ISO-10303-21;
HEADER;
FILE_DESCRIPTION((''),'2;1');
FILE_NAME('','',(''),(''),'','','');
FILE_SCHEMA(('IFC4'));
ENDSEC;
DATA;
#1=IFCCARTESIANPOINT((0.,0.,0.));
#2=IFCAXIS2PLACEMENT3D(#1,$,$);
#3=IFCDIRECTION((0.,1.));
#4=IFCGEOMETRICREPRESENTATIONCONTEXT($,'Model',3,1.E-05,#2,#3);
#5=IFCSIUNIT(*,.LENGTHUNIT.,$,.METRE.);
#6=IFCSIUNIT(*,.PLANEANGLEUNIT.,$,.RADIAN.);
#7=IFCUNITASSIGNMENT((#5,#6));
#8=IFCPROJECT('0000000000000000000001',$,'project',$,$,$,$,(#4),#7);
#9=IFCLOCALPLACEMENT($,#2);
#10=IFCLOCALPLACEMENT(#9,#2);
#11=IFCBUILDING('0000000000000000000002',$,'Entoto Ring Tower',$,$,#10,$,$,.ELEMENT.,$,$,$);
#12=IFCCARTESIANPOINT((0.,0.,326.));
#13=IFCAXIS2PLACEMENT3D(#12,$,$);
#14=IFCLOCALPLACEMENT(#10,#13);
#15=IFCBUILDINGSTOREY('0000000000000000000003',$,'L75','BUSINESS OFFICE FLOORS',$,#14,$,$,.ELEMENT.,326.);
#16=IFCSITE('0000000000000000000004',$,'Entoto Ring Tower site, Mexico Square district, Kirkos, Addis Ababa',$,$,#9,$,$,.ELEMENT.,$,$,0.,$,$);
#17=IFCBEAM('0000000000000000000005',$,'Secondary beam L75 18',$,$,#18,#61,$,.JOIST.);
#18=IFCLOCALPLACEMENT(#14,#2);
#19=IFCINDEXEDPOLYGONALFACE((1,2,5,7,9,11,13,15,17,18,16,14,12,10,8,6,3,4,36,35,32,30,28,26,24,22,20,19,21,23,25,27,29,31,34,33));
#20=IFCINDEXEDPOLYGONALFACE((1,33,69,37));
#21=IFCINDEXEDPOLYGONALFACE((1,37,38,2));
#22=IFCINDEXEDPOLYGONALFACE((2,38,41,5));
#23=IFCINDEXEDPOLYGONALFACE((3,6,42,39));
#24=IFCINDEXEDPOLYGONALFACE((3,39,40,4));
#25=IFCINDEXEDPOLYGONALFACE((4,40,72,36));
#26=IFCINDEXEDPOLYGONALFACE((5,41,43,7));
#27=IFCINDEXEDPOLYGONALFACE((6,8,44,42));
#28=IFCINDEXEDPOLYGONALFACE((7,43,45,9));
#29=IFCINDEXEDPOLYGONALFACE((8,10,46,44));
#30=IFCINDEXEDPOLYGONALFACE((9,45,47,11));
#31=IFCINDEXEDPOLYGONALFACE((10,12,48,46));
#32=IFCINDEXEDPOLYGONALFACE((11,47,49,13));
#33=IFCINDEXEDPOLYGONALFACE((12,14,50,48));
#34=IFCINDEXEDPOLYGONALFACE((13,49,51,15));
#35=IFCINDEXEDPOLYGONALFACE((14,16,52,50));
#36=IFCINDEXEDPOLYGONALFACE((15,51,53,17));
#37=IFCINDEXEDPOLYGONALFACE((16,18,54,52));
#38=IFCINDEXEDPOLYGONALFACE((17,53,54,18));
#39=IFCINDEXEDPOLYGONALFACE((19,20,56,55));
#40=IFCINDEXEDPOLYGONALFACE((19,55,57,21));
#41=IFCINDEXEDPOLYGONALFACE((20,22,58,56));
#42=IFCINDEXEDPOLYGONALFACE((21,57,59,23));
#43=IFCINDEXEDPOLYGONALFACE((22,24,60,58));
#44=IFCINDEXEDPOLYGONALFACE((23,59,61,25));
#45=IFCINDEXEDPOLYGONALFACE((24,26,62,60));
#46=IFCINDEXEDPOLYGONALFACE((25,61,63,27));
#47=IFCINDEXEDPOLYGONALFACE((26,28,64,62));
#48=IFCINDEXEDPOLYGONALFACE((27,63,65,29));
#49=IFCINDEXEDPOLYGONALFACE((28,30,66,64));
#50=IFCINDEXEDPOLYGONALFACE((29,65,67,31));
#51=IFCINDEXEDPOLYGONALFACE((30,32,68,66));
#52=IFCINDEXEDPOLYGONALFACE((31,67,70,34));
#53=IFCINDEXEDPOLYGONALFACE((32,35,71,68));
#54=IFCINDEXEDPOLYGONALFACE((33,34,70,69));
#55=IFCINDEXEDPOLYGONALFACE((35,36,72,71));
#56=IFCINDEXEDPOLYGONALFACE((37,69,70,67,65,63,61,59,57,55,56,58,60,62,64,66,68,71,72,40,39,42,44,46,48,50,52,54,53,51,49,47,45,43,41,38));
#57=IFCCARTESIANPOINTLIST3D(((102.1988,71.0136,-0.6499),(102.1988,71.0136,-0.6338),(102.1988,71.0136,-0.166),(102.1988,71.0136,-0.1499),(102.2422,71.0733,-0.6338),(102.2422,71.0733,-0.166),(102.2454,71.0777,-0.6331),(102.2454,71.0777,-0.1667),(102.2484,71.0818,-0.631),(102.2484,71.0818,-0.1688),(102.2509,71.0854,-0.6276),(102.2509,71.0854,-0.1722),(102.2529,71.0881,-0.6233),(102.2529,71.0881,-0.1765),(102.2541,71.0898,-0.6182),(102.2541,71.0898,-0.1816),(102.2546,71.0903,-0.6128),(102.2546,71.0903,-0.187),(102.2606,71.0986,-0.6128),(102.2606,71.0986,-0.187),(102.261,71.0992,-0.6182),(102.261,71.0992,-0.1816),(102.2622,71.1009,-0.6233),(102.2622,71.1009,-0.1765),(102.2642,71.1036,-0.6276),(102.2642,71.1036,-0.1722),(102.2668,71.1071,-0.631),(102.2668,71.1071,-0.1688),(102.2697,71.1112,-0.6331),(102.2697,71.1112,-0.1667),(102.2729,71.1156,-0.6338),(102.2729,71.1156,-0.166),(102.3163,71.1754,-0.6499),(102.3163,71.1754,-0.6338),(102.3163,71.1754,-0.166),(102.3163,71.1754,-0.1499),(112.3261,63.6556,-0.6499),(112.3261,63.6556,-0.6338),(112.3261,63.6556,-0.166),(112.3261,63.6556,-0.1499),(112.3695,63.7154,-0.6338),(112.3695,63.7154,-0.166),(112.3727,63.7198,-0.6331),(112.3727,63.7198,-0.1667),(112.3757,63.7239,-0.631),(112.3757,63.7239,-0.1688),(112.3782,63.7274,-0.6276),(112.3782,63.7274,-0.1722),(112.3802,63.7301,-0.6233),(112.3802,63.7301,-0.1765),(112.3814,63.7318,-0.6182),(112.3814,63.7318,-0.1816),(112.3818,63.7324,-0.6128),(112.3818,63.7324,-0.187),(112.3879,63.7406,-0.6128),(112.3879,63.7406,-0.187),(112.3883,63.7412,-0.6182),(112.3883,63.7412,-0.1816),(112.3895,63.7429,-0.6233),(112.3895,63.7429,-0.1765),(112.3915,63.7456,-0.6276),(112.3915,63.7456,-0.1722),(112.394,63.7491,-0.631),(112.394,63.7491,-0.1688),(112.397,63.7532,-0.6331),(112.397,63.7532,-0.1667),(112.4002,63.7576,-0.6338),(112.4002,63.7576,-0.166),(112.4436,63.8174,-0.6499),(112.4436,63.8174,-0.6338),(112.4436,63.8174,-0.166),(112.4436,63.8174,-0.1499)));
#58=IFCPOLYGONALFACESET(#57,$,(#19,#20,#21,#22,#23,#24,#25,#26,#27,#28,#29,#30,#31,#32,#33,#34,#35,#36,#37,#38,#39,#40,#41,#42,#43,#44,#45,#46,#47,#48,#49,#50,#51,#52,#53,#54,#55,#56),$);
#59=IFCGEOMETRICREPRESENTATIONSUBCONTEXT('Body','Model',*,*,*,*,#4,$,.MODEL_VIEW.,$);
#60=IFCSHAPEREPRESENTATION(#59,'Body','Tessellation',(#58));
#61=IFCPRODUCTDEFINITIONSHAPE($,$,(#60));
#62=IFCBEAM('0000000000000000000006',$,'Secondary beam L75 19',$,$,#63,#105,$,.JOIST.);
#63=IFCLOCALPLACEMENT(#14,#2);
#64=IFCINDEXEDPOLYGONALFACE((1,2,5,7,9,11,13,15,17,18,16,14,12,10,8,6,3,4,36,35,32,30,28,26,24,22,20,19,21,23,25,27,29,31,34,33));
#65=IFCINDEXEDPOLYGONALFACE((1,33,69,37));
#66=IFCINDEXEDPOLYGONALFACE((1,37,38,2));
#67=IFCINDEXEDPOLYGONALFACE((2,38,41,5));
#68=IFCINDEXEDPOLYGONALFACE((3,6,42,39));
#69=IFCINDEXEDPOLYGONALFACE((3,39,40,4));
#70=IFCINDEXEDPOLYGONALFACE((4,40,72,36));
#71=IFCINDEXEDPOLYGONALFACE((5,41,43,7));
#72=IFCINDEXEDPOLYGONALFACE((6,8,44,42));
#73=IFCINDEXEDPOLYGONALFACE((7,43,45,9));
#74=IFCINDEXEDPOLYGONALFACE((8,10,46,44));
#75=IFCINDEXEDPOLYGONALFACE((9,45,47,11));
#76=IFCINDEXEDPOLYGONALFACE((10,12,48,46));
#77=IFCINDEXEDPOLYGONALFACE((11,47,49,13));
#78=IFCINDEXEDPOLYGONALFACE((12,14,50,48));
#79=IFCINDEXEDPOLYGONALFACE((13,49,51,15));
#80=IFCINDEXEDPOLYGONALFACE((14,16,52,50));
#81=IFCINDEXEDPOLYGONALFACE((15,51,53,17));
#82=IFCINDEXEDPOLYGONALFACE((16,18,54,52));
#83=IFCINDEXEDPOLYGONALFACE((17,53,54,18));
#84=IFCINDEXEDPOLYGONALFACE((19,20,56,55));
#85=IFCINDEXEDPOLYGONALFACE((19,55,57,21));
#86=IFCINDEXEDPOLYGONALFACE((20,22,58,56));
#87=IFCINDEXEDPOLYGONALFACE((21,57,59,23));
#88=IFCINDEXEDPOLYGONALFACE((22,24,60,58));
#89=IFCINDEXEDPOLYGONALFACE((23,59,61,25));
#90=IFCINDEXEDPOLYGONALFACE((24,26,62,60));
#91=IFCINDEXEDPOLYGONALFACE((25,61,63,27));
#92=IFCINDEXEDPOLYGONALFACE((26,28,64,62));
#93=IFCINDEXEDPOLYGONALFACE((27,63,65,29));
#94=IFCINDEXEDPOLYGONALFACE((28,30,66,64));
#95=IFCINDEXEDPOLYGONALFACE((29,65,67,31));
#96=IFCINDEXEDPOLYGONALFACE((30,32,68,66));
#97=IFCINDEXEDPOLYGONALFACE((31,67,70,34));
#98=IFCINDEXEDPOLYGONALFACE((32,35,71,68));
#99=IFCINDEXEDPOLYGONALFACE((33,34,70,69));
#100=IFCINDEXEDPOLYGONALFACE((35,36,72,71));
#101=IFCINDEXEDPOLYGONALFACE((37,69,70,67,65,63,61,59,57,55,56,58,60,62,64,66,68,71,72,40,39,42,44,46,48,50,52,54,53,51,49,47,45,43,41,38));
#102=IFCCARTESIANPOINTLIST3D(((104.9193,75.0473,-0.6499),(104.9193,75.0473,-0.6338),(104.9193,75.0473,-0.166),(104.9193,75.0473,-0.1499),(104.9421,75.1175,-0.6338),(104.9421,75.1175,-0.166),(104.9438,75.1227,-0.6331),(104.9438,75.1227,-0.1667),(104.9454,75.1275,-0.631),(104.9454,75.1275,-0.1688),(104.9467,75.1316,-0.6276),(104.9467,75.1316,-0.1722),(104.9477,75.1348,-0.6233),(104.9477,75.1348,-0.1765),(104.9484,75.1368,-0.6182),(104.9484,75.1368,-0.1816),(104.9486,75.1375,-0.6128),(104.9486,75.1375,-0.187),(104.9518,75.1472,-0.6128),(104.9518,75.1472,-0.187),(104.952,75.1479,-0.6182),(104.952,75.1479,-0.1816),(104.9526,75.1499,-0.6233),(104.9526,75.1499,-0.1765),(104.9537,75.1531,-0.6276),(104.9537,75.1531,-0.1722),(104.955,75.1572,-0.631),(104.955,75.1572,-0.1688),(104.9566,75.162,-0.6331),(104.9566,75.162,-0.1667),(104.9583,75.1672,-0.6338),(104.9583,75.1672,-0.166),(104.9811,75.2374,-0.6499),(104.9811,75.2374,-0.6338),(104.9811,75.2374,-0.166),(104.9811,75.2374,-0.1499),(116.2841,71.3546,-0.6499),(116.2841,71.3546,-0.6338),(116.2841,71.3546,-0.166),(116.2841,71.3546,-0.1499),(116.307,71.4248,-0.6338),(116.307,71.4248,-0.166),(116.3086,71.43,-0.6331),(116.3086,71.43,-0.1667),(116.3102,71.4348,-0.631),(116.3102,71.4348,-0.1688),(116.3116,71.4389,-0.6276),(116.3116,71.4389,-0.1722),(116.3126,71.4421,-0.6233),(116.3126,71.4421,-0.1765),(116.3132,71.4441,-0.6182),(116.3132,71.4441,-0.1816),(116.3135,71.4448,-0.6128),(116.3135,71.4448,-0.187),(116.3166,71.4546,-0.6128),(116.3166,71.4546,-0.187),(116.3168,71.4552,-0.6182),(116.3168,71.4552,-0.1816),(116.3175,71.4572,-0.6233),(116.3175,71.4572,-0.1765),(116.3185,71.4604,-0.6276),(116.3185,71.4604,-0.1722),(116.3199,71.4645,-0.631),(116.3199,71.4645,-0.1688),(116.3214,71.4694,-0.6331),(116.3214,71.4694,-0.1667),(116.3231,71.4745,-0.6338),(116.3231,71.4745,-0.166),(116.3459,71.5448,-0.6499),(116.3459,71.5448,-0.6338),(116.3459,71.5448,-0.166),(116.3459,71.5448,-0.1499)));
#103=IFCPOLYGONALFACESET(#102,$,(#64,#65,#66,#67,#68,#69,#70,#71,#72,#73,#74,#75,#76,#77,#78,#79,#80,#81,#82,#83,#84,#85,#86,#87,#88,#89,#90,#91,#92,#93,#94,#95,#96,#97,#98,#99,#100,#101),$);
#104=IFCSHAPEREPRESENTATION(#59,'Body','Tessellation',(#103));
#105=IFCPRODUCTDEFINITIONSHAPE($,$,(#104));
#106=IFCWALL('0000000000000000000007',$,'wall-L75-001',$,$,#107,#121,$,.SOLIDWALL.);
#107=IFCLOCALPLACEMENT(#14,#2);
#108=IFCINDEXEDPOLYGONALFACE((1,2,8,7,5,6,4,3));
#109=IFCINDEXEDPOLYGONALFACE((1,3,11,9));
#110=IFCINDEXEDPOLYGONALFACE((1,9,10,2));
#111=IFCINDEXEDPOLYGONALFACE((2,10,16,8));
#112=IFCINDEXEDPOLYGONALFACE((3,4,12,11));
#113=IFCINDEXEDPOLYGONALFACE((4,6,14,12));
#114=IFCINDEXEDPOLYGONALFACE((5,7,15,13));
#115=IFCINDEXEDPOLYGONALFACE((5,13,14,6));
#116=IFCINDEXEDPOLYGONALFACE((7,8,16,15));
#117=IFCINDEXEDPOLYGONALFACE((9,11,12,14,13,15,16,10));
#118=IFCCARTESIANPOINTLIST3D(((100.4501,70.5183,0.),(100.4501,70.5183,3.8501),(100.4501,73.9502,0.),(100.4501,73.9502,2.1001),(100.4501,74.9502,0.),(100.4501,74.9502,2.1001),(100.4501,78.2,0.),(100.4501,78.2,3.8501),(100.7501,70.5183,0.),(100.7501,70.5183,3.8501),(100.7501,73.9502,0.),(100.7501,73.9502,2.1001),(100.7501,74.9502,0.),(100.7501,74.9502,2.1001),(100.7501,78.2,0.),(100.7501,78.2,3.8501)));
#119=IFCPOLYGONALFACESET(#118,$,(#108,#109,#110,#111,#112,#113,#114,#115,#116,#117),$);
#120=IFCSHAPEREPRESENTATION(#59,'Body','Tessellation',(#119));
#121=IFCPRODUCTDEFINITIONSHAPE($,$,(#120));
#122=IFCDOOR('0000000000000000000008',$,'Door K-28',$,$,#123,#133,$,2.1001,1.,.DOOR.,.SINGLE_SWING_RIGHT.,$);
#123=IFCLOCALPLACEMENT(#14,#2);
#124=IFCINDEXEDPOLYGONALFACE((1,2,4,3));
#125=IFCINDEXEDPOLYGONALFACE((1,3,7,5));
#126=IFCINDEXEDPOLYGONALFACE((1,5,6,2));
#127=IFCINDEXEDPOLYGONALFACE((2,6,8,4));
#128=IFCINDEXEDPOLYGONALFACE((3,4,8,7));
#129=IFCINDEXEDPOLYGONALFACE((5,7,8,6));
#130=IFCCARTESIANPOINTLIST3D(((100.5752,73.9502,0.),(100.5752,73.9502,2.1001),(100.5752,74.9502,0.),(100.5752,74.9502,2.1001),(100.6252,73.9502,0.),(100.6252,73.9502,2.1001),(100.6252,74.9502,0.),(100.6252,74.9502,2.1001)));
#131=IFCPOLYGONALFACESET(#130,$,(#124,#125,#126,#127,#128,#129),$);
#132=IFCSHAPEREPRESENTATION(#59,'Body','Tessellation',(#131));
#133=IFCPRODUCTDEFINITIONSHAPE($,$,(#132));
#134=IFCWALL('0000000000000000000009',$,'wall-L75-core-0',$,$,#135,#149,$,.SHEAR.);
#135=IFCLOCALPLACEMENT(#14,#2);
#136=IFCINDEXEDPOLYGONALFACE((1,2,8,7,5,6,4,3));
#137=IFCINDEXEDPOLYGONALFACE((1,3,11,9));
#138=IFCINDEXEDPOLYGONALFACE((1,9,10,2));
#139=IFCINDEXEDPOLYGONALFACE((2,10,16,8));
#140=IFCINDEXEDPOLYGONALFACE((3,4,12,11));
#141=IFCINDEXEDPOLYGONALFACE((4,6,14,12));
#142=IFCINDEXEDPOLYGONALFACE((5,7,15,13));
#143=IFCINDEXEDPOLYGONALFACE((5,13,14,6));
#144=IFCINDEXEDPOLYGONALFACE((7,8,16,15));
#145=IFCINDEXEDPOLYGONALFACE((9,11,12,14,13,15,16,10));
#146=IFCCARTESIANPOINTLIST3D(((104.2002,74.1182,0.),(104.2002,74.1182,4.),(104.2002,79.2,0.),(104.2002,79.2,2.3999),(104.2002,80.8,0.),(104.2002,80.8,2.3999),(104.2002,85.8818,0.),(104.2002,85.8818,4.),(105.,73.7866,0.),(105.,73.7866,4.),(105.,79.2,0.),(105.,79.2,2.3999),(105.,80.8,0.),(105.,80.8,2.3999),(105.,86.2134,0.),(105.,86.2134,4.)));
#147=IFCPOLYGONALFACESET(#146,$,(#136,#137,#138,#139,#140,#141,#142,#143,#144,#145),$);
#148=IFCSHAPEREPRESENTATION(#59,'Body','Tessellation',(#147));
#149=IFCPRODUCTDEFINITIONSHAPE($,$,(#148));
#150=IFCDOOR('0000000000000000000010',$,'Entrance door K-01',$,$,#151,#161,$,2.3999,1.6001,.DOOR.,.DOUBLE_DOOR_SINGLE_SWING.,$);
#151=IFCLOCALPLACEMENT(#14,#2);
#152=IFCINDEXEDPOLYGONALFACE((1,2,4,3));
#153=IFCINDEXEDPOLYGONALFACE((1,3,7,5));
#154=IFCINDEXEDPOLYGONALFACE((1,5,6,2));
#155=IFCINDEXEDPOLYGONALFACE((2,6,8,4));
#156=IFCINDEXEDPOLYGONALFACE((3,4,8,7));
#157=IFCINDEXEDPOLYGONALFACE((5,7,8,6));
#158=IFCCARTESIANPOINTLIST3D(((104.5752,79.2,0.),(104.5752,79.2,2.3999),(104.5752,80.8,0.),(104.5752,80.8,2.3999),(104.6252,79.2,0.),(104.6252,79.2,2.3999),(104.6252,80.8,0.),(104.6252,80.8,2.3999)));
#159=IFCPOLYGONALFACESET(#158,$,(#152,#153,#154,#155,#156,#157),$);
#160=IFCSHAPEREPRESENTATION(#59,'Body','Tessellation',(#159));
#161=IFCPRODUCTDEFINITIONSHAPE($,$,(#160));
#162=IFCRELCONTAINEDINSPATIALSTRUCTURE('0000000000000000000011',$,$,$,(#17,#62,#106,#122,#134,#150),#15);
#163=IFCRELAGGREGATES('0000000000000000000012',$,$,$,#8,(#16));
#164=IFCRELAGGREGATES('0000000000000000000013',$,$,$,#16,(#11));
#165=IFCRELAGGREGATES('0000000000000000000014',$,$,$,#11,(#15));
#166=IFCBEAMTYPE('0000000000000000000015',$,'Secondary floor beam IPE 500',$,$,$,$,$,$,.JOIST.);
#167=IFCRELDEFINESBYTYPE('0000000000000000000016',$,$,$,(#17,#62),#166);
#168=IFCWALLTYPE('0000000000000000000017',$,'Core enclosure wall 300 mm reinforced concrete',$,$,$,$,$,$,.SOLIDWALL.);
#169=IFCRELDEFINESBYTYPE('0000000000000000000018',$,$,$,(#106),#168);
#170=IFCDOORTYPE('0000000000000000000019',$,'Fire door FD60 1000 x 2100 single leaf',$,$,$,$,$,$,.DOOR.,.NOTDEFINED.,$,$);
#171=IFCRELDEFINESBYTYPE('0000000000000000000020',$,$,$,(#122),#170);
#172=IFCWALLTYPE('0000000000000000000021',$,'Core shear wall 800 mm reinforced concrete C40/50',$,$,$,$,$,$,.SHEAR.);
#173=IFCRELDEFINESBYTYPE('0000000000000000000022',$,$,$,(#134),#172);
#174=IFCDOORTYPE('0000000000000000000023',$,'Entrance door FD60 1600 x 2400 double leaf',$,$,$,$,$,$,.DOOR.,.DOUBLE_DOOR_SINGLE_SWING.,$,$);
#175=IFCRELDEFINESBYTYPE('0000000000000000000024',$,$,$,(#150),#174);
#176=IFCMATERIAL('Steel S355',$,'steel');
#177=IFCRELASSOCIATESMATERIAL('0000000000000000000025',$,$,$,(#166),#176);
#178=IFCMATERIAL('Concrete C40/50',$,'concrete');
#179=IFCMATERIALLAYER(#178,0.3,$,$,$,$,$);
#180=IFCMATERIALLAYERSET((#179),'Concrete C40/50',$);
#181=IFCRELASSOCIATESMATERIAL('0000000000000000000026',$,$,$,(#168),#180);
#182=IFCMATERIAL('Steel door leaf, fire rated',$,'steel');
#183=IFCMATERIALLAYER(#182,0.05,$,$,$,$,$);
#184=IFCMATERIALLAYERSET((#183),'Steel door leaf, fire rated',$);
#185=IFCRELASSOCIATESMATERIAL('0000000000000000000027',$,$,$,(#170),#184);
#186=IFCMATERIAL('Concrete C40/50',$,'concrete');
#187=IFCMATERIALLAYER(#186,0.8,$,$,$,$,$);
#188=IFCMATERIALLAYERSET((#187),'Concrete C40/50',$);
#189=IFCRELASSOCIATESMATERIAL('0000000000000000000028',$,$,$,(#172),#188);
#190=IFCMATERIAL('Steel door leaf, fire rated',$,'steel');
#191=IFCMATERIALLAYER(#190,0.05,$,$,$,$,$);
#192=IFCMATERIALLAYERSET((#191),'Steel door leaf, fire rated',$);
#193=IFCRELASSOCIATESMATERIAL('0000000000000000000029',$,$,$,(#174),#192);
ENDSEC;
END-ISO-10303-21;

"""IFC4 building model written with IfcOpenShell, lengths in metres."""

from ifc_helpers import new_model, si_unit, direction, frame, frame_2d, origin, origin_2d, place, context, subcontext, project, spatial, polyline, rectangle, i_section, outline, extrude, material, layer, layer_set, material_profile, profile_set, type_object, element, fill, save


model = new_model("IFC4")

# Units and contexts
model_context = context("Model", 3, precision=1e-05, world=origin(), true_north=direction((0.0, 1.0)))
body_context = subcontext(model_context, "Body", "Model", "MODEL_VIEW")
ifc_project = project(units=[si_unit("LENGTHUNIT", "METRE"), si_unit("PLANEANGLEUNIT", "RADIAN")], contexts=[model_context])

# Site, building, storey
site_placement = place(None, origin())
site = spatial("IfcSite", under=ifc_project, at=site_placement, Name="Entoto Ring Tower site, Mexico Square district, Kirkos, Addis Ababa", CompositionType="ELEMENT", RefElevation=0.0)
building_placement = place(site_placement, origin())
building = spatial("IfcBuilding", under=site, at=building_placement, Name="Entoto Ring Tower", CompositionType="ELEMENT")
storey_placement = place(building_placement, frame((0.0, 0.0, 326.0)))
storey = spatial("IfcBuildingStorey", under=building, at=storey_placement, Name="L75", Description="BUSINESS OFFICE FLOORS", CompositionType="ELEMENT", Elevation=326.0)

# Beams
ifc_material_1 = material(Name="Steel S355", Category="steel")
ifc_material_profile_1 = material_profile(ifc_material_1, i_section(OverallWidth=0.2, OverallDepth=0.5, WebThickness=0.0103, FlangeThickness=0.0161, FilletRadius=0.021, at=origin_2d()), Name="IPE 500")
ifc_profile_set_1 = profile_set([ifc_material_profile_1], Name="Steel S355")
beam_type_1 = type_object("IfcBeamType", Name="Secondary floor beam IPE 500", PredefinedType="JOIST", material=ifc_profile_set_1)
beam_1_placement = place(storey_placement, frame((102.2576, 71.0945, -0.3999), z_axis=(0.809014, -0.587789, 0.0), x_axis=(0.587789, 0.809014, 0.0)))
element("IfcBeam", 1, at=beam_1_placement, inside=storey, type_object=beam_type_1, Name="Secondary beam L75 18", PredefinedType="JOIST", context=body_context, shape_type="SweptSolid", body=[
    extrude(i_section(OverallWidth=0.2, OverallDepth=0.5, WebThickness=0.0103, FlangeThickness=0.0161, FilletRadius=0.021, at=origin_2d()), origin(), (0.0, 0.0, 1.0), 12.5181),
])
beam_2_placement = place(storey_placement, frame((104.9502, 75.1423, -0.3999), z_axis=(0.951057, -0.309017, 0.0), x_axis=(0.309017, 0.951057, 0.0)))
element("IfcBeam", 2, at=beam_2_placement, inside=storey, type_object=beam_type_1, Name="Secondary beam L75 19", PredefinedType="JOIST", context=body_context, shape_type="SweptSolid", body=[
    extrude(i_section(OverallWidth=0.2, OverallDepth=0.5, WebThickness=0.0103, FlangeThickness=0.0161, FilletRadius=0.021, at=origin_2d()), origin(), (0.0, 0.0, 1.0), 11.9497),
])

# Walls, openings, doors
ifc_material_2 = material(Name="Concrete C40/50", Category="concrete")
ifc_layer_1 = layer(ifc_material_2, 0.3)
ifc_layer_set_1 = layer_set([ifc_layer_1], Name="Concrete C40/50")
wall_type_1 = type_object("IfcWallType", Name="Core enclosure wall 300 mm reinforced concrete", PredefinedType="SOLIDWALL", material=ifc_layer_set_1)
wall_1_placement = place(storey_placement, frame((100.6001, 70.5183, 0.0), z_axis=(0.0, 0.0, 1.0), x_axis=(0.0, 1.0, 0.0)))
wall_1 = element("IfcWall", 3, at=wall_1_placement, inside=storey, type_object=wall_type_1, Name="wall-L75-001", PredefinedType="SOLIDWALL", context=body_context, shape_type="SweptSolid", body=[
    extrude(rectangle(XDim=7.6816, YDim=0.3, at=frame_2d((3.8408, 0.0))), origin(), (0.0, 0.0, 1.0), 3.8501),
])
opening_1_placement = place(wall_1_placement, frame((3.4319, 0.0, 0.0)))
opening_1 = element("IfcOpeningElement", 4, at=opening_1_placement, cuts=wall_1, PredefinedType="OPENING", context=body_context, shape_type="SweptSolid", body=[
    extrude(rectangle(XDim=1.0, YDim=2.1001, at=frame_2d((0.5, 1.05))), frame((0.0, 0.1602, 0.0), z_axis=(0.0, -1.0, 0.0), x_axis=(1.0, 0.0, 0.0)), (0.0, 0.0, 1.0), 0.3201),
])
ifc_material_3 = material(Name="Steel door leaf, fire rated", Category="steel")
ifc_layer_2 = layer(ifc_material_3, 0.05)
ifc_layer_set_2 = layer_set([ifc_layer_2], Name="Steel door leaf, fire rated")
door_type_1 = type_object("IfcDoorType", Name="Fire door FD60 1000 x 2100 single leaf", OperationType="NOTDEFINED", PredefinedType="DOOR", material=ifc_layer_set_2)
door_1_placement = place(opening_1_placement, origin())
door_1 = element("IfcDoor", 5, at=door_1_placement, inside=storey, type_object=door_type_1, Name="Door K-28", OperationType="SINGLE_SWING_RIGHT", OverallHeight=2.1001, OverallWidth=1.0, PredefinedType="DOOR", context=body_context, shape_type="SweptSolid", body=[
    extrude(rectangle(XDim=1.0, YDim=2.1001, at=frame_2d((0.5, 1.05))), frame((0.0, 0.0249, 0.0), z_axis=(0.0, -1.0, 0.0), x_axis=(1.0, 0.0, 0.0)), (0.0, 0.0, 1.0), 0.05),
])
fill(opening_1, door_1)
ifc_material_4 = material(Name="Concrete C40/50", Category="concrete")
ifc_layer_3 = layer(ifc_material_4, 0.8)
ifc_layer_set_3 = layer_set([ifc_layer_3], Name="Concrete C40/50")
wall_type_2 = type_object("IfcWallType", Name="Core shear wall 800 mm reinforced concrete C40/50", PredefinedType="SHEAR", material=ifc_layer_set_3)
wall_2_placement = place(storey_placement, frame((104.6001, 73.9524, 0.0), z_axis=(0.0, 0.0, 1.0), x_axis=(0.0, 1.0, 0.0)))
wall_2 = element("IfcWall", 6, at=wall_2_placement, inside=storey, type_object=wall_type_2, Name="wall-L75-core-0", PredefinedType="SHEAR", context=body_context, shape_type="SweptSolid", body=[
    extrude(outline(polyline([(-0.1658, -0.3999), (12.261, -0.3999), (11.9294, 0.3999), (0.1658, 0.3999), (-0.1658, -0.3999)])), origin(), (0.0, 0.0, 1.0), 4.0),
])
opening_2_placement = place(wall_2_placement, frame((5.2476, 0.0, 0.0)))
opening_2 = element("IfcOpeningElement", 7, at=opening_2_placement, cuts=wall_2, PredefinedType="OPENING", context=body_context, shape_type="SweptSolid", body=[
    extrude(rectangle(XDim=1.6001, YDim=2.3999, at=frame_2d((0.8, 1.2))), frame((0.0, 0.4102, 0.0), z_axis=(0.0, -1.0, 0.0), x_axis=(1.0, 0.0, 0.0)), (0.0, 0.0, 1.0), 0.8201),
])
ifc_material_5 = material(Name="Steel door leaf, fire rated", Category="steel")
ifc_layer_4 = layer(ifc_material_5, 0.05)
ifc_layer_set_4 = layer_set([ifc_layer_4], Name="Steel door leaf, fire rated")
door_type_2 = type_object("IfcDoorType", Name="Entrance door FD60 1600 x 2400 double leaf", OperationType="DOUBLE_DOOR_SINGLE_SWING", PredefinedType="DOOR", material=ifc_layer_set_4)
door_2_placement = place(opening_2_placement, origin())
door_2 = element("IfcDoor", 8, at=door_2_placement, inside=storey, type_object=door_type_2, Name="Entrance door K-01", OperationType="DOUBLE_DOOR_SINGLE_SWING", OverallHeight=2.3999, OverallWidth=1.6001, PredefinedType="DOOR", context=body_context, shape_type="SweptSolid", body=[
    extrude(rectangle(XDim=1.6001, YDim=2.3999, at=frame_2d((0.8, 1.2))), frame((0.0, 0.0249, 0.0), z_axis=(0.0, -1.0, 0.0), x_axis=(1.0, 0.0, 0.0)), (0.0, 0.0, 1.0), 0.05),
])
fill(opening_2, door_2)

save(model, "model.ifc")
